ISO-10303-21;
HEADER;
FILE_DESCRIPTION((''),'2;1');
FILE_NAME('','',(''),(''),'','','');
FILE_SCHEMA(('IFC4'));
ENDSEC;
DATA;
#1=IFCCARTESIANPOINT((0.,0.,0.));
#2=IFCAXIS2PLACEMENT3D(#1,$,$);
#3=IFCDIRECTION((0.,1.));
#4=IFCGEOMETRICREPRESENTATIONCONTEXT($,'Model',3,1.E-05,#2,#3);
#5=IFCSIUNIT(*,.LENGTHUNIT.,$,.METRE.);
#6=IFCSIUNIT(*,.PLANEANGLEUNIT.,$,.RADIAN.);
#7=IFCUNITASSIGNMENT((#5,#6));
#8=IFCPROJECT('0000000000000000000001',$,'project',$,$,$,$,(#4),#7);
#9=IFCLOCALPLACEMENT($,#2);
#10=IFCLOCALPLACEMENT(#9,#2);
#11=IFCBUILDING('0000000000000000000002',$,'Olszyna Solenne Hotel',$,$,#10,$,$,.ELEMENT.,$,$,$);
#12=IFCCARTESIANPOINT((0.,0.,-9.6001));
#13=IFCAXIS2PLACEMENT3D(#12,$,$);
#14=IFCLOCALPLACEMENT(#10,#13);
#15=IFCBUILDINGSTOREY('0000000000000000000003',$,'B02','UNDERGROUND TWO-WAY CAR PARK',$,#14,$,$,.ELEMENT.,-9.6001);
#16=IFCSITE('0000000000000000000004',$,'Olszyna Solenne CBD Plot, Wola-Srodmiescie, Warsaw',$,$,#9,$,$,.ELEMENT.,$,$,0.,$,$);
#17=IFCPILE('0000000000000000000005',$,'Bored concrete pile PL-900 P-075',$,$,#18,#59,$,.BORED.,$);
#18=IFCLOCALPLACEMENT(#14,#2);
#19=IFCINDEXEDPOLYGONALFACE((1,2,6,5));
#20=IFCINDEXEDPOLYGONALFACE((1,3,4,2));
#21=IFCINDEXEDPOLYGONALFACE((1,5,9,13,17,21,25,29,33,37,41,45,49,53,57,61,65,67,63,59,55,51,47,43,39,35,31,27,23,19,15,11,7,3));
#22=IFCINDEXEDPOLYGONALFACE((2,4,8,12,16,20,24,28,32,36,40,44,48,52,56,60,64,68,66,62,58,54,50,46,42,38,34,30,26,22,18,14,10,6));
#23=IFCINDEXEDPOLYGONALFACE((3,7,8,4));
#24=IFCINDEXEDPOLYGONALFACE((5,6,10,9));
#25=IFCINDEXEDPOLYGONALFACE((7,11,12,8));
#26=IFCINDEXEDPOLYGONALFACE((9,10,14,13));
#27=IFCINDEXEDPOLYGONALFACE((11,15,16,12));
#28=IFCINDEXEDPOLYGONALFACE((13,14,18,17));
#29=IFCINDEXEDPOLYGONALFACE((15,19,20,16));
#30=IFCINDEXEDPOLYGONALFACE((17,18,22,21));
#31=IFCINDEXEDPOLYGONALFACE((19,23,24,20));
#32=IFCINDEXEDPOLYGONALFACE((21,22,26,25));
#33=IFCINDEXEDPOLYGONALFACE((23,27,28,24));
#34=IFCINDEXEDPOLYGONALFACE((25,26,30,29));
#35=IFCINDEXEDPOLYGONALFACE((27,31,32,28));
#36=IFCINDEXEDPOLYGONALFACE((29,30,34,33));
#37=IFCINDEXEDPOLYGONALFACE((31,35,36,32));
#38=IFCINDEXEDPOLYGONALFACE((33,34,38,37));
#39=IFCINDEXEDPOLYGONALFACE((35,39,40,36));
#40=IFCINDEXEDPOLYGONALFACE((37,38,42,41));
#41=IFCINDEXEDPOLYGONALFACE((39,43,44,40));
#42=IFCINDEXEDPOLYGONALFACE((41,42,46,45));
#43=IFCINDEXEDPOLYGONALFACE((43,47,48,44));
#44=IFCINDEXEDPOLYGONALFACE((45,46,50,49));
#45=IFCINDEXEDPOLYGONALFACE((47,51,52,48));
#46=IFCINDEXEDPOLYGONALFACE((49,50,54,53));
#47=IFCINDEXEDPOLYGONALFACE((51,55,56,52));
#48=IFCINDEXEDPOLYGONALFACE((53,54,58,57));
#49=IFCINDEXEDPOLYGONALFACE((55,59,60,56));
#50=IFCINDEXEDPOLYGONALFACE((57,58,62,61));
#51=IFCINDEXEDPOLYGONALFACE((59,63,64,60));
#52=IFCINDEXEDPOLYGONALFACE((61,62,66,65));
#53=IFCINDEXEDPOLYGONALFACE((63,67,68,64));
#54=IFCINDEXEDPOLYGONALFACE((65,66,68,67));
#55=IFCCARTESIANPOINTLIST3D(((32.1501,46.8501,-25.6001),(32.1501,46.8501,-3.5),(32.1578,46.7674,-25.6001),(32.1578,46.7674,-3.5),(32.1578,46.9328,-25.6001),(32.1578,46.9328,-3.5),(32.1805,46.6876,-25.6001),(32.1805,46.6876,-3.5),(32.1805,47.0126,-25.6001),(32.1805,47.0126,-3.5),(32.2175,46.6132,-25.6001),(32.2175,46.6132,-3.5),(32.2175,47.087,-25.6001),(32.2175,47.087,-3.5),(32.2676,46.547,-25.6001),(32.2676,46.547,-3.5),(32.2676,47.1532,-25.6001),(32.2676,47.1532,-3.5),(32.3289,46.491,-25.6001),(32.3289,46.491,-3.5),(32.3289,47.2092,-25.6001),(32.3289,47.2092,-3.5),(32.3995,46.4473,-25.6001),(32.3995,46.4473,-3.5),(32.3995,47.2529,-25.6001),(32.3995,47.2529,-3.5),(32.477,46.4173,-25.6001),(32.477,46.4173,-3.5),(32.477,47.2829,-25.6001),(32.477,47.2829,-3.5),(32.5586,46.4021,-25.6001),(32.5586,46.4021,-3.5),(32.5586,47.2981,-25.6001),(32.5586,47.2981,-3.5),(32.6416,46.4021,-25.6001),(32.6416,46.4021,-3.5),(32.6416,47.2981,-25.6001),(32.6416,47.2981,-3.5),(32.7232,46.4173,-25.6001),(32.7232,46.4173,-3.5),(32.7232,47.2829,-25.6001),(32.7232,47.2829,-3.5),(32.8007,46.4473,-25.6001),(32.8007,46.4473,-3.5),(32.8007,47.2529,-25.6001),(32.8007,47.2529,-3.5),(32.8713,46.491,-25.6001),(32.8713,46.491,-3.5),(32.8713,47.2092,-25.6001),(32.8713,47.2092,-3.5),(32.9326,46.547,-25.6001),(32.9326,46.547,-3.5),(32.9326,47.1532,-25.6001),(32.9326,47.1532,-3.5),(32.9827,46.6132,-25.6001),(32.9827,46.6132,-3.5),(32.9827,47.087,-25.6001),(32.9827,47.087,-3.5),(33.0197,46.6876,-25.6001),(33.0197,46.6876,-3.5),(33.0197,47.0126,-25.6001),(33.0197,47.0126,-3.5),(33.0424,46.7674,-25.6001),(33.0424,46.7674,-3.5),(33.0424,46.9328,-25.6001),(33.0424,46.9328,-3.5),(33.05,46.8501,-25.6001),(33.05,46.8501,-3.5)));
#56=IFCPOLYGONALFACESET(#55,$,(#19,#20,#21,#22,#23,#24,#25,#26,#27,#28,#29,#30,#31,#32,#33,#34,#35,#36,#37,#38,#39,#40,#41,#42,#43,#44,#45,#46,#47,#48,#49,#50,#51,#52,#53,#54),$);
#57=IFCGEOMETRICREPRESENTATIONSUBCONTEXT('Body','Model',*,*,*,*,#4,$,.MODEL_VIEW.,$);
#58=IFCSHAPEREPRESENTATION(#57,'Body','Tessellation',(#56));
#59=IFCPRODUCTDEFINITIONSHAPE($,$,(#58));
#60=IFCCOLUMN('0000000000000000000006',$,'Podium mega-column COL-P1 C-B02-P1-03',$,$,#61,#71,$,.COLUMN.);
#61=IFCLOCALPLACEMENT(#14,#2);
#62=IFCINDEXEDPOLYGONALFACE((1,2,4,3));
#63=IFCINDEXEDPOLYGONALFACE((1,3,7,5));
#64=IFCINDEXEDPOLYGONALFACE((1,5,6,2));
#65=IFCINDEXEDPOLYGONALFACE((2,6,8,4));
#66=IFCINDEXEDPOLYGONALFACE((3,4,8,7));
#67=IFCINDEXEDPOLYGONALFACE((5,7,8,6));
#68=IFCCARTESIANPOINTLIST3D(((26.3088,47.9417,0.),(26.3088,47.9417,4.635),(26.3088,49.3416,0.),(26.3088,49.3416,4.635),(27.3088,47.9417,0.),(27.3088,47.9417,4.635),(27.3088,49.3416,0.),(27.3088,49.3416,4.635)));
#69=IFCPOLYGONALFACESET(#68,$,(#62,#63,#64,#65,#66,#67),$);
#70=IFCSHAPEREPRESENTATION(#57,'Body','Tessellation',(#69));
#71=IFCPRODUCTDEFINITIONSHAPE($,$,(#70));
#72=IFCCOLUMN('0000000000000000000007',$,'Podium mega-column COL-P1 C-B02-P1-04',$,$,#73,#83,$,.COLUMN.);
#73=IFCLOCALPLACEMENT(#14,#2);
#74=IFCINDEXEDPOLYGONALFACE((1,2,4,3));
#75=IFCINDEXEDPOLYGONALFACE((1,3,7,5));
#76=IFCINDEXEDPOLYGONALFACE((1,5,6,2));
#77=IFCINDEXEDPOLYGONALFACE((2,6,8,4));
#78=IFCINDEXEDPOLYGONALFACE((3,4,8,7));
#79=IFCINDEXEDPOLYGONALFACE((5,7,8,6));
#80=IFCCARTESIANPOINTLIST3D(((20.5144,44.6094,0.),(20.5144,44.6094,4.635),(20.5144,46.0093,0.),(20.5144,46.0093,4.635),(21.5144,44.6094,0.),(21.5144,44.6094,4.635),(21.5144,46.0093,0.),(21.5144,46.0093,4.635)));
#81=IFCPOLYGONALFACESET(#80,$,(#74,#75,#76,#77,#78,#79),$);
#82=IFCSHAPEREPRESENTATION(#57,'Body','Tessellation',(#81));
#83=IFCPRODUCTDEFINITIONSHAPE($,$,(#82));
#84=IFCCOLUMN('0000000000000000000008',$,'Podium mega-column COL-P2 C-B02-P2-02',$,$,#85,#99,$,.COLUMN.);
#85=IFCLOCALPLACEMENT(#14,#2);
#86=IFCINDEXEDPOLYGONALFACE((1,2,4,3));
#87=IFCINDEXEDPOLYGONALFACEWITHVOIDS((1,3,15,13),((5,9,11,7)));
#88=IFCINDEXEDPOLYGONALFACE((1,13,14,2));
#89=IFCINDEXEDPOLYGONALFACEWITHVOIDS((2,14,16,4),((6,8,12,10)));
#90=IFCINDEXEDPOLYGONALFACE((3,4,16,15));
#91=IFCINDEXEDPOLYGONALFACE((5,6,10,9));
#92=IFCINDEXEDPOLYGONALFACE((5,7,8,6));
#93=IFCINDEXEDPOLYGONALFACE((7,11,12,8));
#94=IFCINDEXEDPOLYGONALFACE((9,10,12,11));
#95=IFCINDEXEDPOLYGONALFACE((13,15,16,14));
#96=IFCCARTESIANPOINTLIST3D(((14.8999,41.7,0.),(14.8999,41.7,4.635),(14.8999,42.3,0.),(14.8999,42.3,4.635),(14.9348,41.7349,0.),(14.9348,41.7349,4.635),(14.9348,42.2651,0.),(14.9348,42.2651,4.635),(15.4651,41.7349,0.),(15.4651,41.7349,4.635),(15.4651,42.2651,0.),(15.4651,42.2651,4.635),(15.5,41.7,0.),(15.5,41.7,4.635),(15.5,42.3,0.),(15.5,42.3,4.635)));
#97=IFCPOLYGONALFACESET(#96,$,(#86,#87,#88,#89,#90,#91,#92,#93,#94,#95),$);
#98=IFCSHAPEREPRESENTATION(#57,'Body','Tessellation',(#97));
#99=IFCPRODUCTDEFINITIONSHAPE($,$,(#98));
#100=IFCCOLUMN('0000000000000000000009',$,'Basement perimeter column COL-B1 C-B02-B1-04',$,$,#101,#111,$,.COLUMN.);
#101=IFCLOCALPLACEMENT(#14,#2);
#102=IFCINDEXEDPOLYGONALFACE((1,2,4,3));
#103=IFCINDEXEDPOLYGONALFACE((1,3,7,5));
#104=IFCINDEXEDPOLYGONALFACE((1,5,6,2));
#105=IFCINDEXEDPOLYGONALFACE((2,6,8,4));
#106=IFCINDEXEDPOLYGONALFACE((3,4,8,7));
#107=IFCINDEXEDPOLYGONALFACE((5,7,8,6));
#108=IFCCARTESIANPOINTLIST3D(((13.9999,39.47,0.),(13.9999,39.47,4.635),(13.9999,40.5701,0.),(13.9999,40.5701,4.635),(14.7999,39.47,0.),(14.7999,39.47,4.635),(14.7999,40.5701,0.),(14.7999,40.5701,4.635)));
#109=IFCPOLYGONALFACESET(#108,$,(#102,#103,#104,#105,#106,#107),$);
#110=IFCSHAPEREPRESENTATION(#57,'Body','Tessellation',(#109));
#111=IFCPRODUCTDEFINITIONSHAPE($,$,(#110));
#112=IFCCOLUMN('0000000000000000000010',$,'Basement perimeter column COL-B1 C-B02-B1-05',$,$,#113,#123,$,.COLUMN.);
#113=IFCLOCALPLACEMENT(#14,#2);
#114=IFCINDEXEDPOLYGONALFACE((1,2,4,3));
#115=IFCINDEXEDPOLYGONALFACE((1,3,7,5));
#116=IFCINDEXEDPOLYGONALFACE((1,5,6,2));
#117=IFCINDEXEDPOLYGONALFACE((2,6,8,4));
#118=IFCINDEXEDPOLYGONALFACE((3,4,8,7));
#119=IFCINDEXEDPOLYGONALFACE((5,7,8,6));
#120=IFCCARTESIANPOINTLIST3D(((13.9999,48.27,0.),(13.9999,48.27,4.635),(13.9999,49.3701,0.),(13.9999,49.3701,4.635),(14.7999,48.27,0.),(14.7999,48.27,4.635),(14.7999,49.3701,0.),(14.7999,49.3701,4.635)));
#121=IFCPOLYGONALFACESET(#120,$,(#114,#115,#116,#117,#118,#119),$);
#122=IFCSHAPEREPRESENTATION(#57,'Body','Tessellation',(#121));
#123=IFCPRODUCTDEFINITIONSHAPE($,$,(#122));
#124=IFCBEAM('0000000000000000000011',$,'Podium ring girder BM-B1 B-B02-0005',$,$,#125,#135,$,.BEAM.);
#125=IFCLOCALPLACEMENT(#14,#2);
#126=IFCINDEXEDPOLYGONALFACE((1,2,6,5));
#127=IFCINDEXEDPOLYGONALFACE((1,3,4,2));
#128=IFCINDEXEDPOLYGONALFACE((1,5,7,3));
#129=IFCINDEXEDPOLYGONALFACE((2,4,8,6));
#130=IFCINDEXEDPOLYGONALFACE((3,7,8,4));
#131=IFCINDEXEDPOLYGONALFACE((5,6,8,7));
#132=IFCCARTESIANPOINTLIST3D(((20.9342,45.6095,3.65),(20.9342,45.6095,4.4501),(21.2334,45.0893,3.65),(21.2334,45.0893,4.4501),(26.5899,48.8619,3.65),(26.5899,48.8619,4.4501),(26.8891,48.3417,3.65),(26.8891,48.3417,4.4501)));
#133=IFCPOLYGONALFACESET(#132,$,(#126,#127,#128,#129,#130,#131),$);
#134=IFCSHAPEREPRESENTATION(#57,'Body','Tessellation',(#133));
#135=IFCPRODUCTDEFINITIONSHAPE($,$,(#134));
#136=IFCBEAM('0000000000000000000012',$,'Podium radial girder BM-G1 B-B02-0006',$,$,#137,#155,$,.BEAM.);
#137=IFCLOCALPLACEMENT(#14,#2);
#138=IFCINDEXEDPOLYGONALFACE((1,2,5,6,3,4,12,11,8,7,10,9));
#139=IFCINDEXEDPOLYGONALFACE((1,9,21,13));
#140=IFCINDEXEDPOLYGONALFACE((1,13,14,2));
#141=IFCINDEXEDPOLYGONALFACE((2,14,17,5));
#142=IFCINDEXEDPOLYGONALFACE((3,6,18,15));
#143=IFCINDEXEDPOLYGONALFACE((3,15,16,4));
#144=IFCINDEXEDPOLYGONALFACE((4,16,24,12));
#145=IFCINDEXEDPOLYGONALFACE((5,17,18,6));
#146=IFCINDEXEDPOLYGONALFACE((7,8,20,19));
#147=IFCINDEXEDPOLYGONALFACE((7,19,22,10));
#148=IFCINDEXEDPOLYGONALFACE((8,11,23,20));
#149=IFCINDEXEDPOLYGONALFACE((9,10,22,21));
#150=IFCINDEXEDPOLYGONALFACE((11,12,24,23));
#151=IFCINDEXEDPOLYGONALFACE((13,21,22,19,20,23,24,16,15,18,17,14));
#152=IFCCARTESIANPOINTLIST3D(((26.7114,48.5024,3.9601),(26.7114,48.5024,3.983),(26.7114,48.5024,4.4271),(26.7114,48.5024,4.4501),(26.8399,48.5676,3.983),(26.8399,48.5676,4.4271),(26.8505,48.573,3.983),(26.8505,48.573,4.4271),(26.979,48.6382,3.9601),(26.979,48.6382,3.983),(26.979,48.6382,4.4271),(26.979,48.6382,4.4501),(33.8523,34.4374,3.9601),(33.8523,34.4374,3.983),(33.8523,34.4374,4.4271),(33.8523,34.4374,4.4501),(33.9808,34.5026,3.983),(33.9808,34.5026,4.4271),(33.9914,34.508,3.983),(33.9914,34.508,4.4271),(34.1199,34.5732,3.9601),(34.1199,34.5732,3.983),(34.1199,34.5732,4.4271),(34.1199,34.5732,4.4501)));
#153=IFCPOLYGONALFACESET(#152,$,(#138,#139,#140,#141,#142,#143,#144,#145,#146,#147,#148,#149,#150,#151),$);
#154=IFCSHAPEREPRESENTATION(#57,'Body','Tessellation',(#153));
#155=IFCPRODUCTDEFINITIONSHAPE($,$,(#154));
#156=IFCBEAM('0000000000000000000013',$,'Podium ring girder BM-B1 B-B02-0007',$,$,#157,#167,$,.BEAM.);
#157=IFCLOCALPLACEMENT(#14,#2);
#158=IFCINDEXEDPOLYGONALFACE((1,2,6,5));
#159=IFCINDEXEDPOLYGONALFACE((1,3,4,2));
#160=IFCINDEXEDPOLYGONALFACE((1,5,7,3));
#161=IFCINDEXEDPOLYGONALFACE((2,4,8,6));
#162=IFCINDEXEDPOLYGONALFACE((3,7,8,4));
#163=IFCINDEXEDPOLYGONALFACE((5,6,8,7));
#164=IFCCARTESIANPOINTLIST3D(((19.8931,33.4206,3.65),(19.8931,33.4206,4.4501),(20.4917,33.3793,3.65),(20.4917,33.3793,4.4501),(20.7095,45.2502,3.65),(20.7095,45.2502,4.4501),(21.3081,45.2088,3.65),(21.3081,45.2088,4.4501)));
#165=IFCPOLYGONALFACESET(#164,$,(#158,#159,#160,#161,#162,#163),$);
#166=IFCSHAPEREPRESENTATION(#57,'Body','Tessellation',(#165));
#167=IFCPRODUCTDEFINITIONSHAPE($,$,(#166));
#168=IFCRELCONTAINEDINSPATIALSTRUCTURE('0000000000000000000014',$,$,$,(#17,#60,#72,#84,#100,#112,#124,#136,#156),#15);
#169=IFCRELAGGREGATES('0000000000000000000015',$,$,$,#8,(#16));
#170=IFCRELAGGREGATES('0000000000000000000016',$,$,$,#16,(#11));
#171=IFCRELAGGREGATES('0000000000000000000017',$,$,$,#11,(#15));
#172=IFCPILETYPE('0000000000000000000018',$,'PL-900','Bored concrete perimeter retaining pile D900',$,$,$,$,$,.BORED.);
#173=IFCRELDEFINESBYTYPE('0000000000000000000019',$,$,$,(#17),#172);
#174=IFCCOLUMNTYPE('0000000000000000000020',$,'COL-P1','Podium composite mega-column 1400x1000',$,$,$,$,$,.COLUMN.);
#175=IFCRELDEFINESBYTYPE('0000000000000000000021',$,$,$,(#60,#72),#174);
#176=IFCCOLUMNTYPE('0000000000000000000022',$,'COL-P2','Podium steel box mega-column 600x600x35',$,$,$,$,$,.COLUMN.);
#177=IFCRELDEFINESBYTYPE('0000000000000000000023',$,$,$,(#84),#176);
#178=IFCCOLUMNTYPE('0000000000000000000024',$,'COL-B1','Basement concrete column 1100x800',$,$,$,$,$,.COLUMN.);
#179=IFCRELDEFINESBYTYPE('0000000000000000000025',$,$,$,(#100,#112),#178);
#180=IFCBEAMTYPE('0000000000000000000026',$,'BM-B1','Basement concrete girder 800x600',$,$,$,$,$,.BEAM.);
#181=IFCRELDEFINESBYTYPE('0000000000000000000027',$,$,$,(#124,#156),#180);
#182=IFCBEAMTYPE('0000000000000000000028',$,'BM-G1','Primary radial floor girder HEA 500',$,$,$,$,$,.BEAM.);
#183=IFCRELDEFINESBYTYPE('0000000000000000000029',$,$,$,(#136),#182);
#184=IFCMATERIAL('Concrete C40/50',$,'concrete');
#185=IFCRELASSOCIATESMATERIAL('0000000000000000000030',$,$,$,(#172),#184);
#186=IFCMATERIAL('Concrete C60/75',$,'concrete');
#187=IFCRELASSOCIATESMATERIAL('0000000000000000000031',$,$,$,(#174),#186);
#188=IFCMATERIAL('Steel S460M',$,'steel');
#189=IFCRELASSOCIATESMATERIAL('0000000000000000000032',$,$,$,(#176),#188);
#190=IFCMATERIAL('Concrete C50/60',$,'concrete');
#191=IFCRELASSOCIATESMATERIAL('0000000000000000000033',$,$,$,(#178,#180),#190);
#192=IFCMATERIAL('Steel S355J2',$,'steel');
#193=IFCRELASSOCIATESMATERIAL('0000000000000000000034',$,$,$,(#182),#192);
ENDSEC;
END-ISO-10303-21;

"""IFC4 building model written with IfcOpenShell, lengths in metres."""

from ifc_helpers import new_model, si_unit, direction, frame, origin, origin_2d, place, context, subcontext, project, spatial, rectangle, hollow_rectangle, circle, i_section, extrude, source, transform, mapped, material, material_profile, profile_set, type_object, element, save


model = new_model("IFC4")

# Units and contexts
model_context = context("Model", 3, precision=1e-05, world=origin(), true_north=direction((0.0, 1.0)))
body_context = subcontext(model_context, "Body", "Model", "MODEL_VIEW")
ifc_project = project(units=[si_unit("LENGTHUNIT", "METRE"), si_unit("PLANEANGLEUNIT", "RADIAN")], contexts=[model_context])

# Site, building, storey
site_placement = place(None, origin())
site = spatial("IfcSite", under=ifc_project, at=site_placement, Name="Olszyna Solenne CBD Plot, Wola-Srodmiescie, Warsaw", CompositionType="ELEMENT", RefElevation=0.0)
building_placement = place(site_placement, origin())
building = spatial("IfcBuilding", under=site, at=building_placement, Name="Olszyna Solenne Hotel", CompositionType="ELEMENT")
storey_placement = place(building_placement, frame((0.0, 0.0, -9.6001)))
storey = spatial("IfcBuildingStorey", under=building, at=storey_placement, Name="B02", Description="UNDERGROUND TWO-WAY CAR PARK", CompositionType="ELEMENT", Elevation=-9.6001)

# Pile
ifc_material_1 = material(Name="Concrete C40/50", Category="concrete")
ifc_material_profile_1 = material_profile(ifc_material_1, circle(Radius=0.45, at=origin_2d()), Name="BORED PILE 900", Category="load-bearing")
ifc_profile_set_1 = profile_set([ifc_material_profile_1], Name="Concrete C40/50")
pile_type_1 = type_object("IfcPileType", Name="PL-900", Description="Bored concrete perimeter retaining pile D900", PredefinedType="BORED", material=ifc_profile_set_1)
shared_shape_1 = source(origin(), body_context, "Body", "SweptSolid", [
    extrude(circle(Radius=0.45, at=origin_2d()), origin(), (0.0, 0.0, 1.0), 22.1001),
])
for number, where, z_axis, x_axis, name in (
    (1, (32.6001, 46.8501, -3.5), (0.0, 0.0, -1.0), (1.0, 0.0, 0.0), "Bored concrete pile PL-900 P-075"),
):
    element("IfcPile", number, at=place(storey_placement, frame(where, z_axis=z_axis, x_axis=x_axis)), inside=storey, type_object=pile_type_1, Name=name, PredefinedType="BORED", context=body_context, shape_type="MappedRepresentation", body=[
        mapped(shared_shape_1, transform((0.0, 0.0, 0.0), x_axis=(1.0, 0.0, 0.0), y_axis=(0.0, 1.0, 0.0), z_axis=(0.0, 0.0, 1.0), scale=1.0)),
    ])

# Columns
ifc_material_2 = material(Name="Concrete C60/75", Category="concrete")
ifc_material_profile_2 = material_profile(ifc_material_2, rectangle(XDim=1.0, YDim=1.3999, at=origin_2d()), Name="RC 1400x1000", Category="load-bearing")
ifc_profile_set_2 = profile_set([ifc_material_profile_2], Name="Concrete C60/75")
column_type_1 = type_object("IfcColumnType", Name="COL-P1", Description="Podium composite mega-column 1400x1000", PredefinedType="COLUMN", material=ifc_profile_set_2)
shared_shape_2 = source(origin(), body_context, "Body", "SweptSolid", [
    extrude(rectangle(XDim=1.0, YDim=1.3999, at=origin_2d()), origin(), (0.0, 0.0, 1.0), 4.635),
])
for number, where, z_axis, x_axis, name in (
    (2, (26.8088, 48.6416, 0.0), (0.0, 0.0, 1.0), (1.0, 0.0, 0.0), "Podium mega-column COL-P1 C-B02-P1-03"),
    (3, (21.0144, 45.3093, 0.0), (0.0, 0.0, 1.0), (1.0, 0.0, 0.0), "Podium mega-column COL-P1 C-B02-P1-04"),
):
    element("IfcColumn", number, at=place(storey_placement, frame(where, z_axis=z_axis, x_axis=x_axis)), inside=storey, type_object=column_type_1, Name=name, PredefinedType="COLUMN", context=body_context, shape_type="MappedRepresentation", body=[
        mapped(shared_shape_2, transform((0.0, 0.0, 0.0), x_axis=(1.0, 0.0, 0.0), y_axis=(0.0, 1.0, 0.0), z_axis=(0.0, 0.0, 1.0), scale=1.0)),
    ])
ifc_material_3 = material(Name="Steel S460M", Category="steel")
ifc_material_profile_3 = material_profile(ifc_material_3, hollow_rectangle(XDim=0.6001, YDim=0.6001, WallThickness=0.0349, at=origin_2d()), Name="SHS 600x600x35", Category="load-bearing")
ifc_profile_set_3 = profile_set([ifc_material_profile_3], Name="Steel S460M")
column_type_2 = type_object("IfcColumnType", Name="COL-P2", Description="Podium steel box mega-column 600x600x35", PredefinedType="COLUMN", material=ifc_profile_set_3)
shared_shape_3 = source(origin(), body_context, "Body", "SweptSolid", [
    extrude(hollow_rectangle(XDim=0.6001, YDim=0.6001, WallThickness=0.0349, at=origin_2d()), origin(), (0.0, 0.0, 1.0), 4.635),
])
column_placement = place(storey_placement, frame((15.2, 42.0, 0.0), z_axis=(0.0, 0.0, 1.0), x_axis=(1.0, 0.0, 0.0)))
element("IfcColumn", 4, at=column_placement, inside=storey, type_object=column_type_2, Name="Podium mega-column COL-P2 C-B02-P2-02", PredefinedType="COLUMN", context=body_context, shape_type="MappedRepresentation", body=[
    mapped(shared_shape_3, transform((0.0, 0.0, 0.0), x_axis=(1.0, 0.0, 0.0), y_axis=(0.0, 1.0, 0.0), z_axis=(0.0, 0.0, 1.0), scale=1.0)),
])
ifc_material_4 = material(Name="Concrete C50/60", Category="concrete")
ifc_material_profile_4 = material_profile(ifc_material_4, rectangle(XDim=0.8, YDim=1.1001, at=origin_2d()), Name="RC 1100x800", Category="load-bearing")
ifc_profile_set_4 = profile_set([ifc_material_profile_4], Name="Concrete C50/60")
column_type_3 = type_object("IfcColumnType", Name="COL-B1", Description="Basement concrete column 1100x800", PredefinedType="COLUMN", material=ifc_profile_set_4)
shared_shape_4 = source(origin(), body_context, "Body", "SweptSolid", [
    extrude(rectangle(XDim=0.8, YDim=1.1001, at=origin_2d()), origin(), (0.0, 0.0, 1.0), 4.635),
])
for number, where, z_axis, x_axis, name in (
    (5, (14.3999, 40.02, 0.0), (0.0, 0.0, 1.0), (1.0, 0.0, 0.0), "Basement perimeter column COL-B1 C-B02-B1-04"),
    (6, (14.3999, 48.8201, 0.0), (0.0, 0.0, 1.0), (1.0, 0.0, 0.0), "Basement perimeter column COL-B1 C-B02-B1-05"),
):
    element("IfcColumn", number, at=place(storey_placement, frame(where, z_axis=z_axis, x_axis=x_axis)), inside=storey, type_object=column_type_3, Name=name, PredefinedType="COLUMN", context=body_context, shape_type="MappedRepresentation", body=[
        mapped(shared_shape_4, transform((0.0, 0.0, 0.0), x_axis=(1.0, 0.0, 0.0), y_axis=(0.0, 1.0, 0.0), z_axis=(0.0, 0.0, 1.0), scale=1.0)),
    ])

# Beams
ifc_material_profile_5 = material_profile(ifc_material_4, rectangle(XDim=0.6001, YDim=0.8, at=origin_2d()), Name="RC 800x600", Category="load-bearing")
ifc_profile_set_5 = profile_set([ifc_material_profile_5], Name="Concrete C50/60")
beam_type_1 = type_object("IfcBeamType", Name="BM-B1", Description="Basement concrete girder 800x600", PredefinedType="BEAM", material=ifc_profile_set_5)
shared_shape_5 = source(origin(), body_context, "Body", "SweptSolid", [
    extrude(rectangle(XDim=0.6001, YDim=0.8, at=origin_2d()), origin(), (0.0, 0.0, 1.0), 6.5242),
])
beam_1_placement = place(storey_placement, frame((26.7395, 48.6018, 4.05), z_axis=(-0.866881, -0.498515, 0.0), x_axis=(0.498515, -0.866881, 0.0)))
element("IfcBeam", 7, at=beam_1_placement, inside=storey, type_object=beam_type_1, Name="Podium ring girder BM-B1 B-B02-0005", PredefinedType="BEAM", context=body_context, shape_type="MappedRepresentation", body=[
    mapped(shared_shape_5, transform((0.0, 0.0, 0.0), x_axis=(1.0, 0.0, 0.0), y_axis=(0.0, 1.0, 0.0), z_axis=(0.0, 0.0, 1.0), scale=1.0)),
])
ifc_material_5 = material(Name="Steel S355J2", Category="steel")
ifc_material_profile_6 = material_profile(ifc_material_5, i_section(OverallWidth=0.3, OverallDepth=0.49, WebThickness=0.012, FlangeThickness=0.0229, at=origin_2d()), Name="HEA 500", Category="load-bearing")
ifc_profile_set_6 = profile_set([ifc_material_profile_6], Name="Steel S355J2")
beam_type_2 = type_object("IfcBeamType", Name="BM-G1", Description="Primary radial floor girder HEA 500", PredefinedType="BEAM", material=ifc_profile_set_6)
shared_shape_6 = source(origin(), body_context, "Body", "SweptSolid", [
    extrude(i_section(OverallWidth=0.3, OverallDepth=0.49, WebThickness=0.012, FlangeThickness=0.0229, at=origin_2d()), origin(), (0.0, 0.0, 1.0), 15.7739),
])
beam_2_placement = place(storey_placement, frame((26.8452, 48.5703, 4.2051), z_axis=(0.452703, -0.891661, 0.0), x_axis=(0.891661, 0.452703, 0.0)))
element("IfcBeam", 8, at=beam_2_placement, inside=storey, type_object=beam_type_2, Name="Podium radial girder BM-G1 B-B02-0006", PredefinedType="BEAM", context=body_context, shape_type="MappedRepresentation", body=[
    mapped(shared_shape_6, transform((0.0, 0.0, 0.0), x_axis=(1.0, 0.0, 0.0), y_axis=(0.0, 1.0, 0.0), z_axis=(0.0, 0.0, 1.0), scale=1.0)),
])
shared_shape_7 = source(origin(), body_context, "Body", "SweptSolid", [
    extrude(rectangle(XDim=0.6001, YDim=0.8, at=origin_2d()), origin(), (0.0, 0.0, 1.0), 11.8577),
])
beam_3_placement = place(storey_placement, frame((21.0088, 45.2295, 4.05), z_axis=(-0.06885, -0.997627, 0.0), x_axis=(0.997627, -0.06885, 0.0)))
element("IfcBeam", 9, at=beam_3_placement, inside=storey, type_object=beam_type_1, Name="Podium ring girder BM-B1 B-B02-0007", PredefinedType="BEAM", context=body_context, shape_type="MappedRepresentation", body=[
    mapped(shared_shape_7, transform((0.0, 0.0, 0.0), x_axis=(1.0, 0.0, 0.0), y_axis=(0.0, 1.0, 0.0), z_axis=(0.0, 0.0, 1.0), scale=1.0)),
])

save(model, "model.ifc")
